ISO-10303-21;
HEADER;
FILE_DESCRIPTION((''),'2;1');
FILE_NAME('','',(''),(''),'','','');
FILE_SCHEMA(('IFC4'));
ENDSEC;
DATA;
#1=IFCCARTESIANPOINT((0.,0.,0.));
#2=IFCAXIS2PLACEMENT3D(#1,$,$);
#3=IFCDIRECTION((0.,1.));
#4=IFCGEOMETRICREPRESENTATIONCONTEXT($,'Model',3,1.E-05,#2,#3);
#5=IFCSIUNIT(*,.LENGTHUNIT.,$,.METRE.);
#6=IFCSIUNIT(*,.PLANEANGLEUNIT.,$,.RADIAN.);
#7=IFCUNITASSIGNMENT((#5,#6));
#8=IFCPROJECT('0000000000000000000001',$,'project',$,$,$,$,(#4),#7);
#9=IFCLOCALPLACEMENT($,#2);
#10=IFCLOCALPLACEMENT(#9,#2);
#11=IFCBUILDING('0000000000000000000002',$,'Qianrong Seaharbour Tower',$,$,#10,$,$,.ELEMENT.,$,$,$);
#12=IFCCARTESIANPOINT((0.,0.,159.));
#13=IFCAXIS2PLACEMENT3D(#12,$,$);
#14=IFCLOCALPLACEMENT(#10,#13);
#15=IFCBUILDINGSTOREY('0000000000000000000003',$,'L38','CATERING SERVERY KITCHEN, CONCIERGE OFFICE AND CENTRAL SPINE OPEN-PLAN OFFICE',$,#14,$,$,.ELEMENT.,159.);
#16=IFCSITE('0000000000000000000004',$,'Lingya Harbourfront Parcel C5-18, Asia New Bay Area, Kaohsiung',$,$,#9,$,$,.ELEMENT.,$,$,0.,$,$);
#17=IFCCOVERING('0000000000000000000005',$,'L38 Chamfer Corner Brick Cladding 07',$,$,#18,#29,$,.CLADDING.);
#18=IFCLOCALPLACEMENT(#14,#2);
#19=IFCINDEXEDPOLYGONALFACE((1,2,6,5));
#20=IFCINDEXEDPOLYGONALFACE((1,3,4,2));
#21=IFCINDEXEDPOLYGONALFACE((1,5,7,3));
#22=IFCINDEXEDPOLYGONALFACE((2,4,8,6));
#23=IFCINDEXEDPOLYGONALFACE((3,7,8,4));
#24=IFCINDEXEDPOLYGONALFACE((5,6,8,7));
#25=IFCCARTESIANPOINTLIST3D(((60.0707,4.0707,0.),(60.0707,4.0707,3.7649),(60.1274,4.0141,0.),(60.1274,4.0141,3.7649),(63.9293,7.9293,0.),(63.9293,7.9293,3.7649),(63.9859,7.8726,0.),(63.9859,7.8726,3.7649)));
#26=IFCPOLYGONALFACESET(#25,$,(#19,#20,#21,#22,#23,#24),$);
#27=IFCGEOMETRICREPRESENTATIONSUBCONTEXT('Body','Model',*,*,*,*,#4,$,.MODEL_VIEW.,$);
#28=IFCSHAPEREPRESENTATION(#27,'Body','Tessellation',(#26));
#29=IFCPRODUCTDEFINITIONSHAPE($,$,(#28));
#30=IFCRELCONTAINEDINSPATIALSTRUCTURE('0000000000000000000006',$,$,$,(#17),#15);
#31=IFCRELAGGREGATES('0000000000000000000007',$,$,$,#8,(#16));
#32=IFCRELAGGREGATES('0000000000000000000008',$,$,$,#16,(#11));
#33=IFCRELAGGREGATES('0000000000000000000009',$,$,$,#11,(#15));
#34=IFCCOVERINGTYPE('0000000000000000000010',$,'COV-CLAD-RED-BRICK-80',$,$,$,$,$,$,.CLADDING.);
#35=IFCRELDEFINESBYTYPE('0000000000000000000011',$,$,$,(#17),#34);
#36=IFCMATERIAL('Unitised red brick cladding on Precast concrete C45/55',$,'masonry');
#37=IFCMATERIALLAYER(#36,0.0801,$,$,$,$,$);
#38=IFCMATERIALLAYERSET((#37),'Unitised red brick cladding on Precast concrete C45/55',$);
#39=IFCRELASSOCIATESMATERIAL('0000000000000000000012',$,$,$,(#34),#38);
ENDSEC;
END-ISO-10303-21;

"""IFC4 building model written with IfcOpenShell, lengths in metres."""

from ifc_helpers import new_model, si_unit, direction, frame, origin, origin_2d, place, context, subcontext, project, spatial, rectangle, extrude, material, layer, layer_set, type_object, element, save


model = new_model("IFC4")

# Units and contexts
model_context = context("Model", 3, precision=1e-05, world=origin(), true_north=direction((0.0, 1.0)))
body_context = subcontext(model_context, "Body", "Model", "MODEL_VIEW")
ifc_project = project(units=[si_unit("LENGTHUNIT", "METRE"), si_unit("PLANEANGLEUNIT", "RADIAN")], contexts=[model_context])

# Site, building, storey
site_placement = place(None, origin())
site = spatial("IfcSite", under=ifc_project, at=site_placement, Name="Lingya Harbourfront Parcel C5-18, Asia New Bay Area, Kaohsiung", CompositionType="ELEMENT", RefElevation=0.0)
building_placement = place(site_placement, origin())
building = spatial("IfcBuilding", under=site, at=building_placement, Name="Qianrong Seaharbour Tower", CompositionType="ELEMENT")
storey_placement = place(building_placement, frame((0.0, 0.0, 159.0)))
storey = spatial("IfcBuildingStorey", under=building, at=storey_placement, Name="L38", Description="CATERING SERVERY KITCHEN, CONCIERGE OFFICE AND CENTRAL SPINE OPEN-PLAN OFFICE", CompositionType="ELEMENT", Elevation=159.0)

# Covering
ifc_material_1 = material(Name="Unitised red brick cladding on Precast concrete C45/55", Category="masonry")
ifc_layer_1 = layer(ifc_material_1, 0.0801)
ifc_layer_set_1 = layer_set([ifc_layer_1], Name="Unitised red brick cladding on Precast concrete C45/55")
covering_type = type_object("IfcCoveringType", Name="COV-CLAD-RED-BRICK-80", PredefinedType="CLADDING", material=ifc_layer_set_1)
covering_placement = place(storey_placement, frame((62.0283, 5.9717, 0.0), z_axis=(0.0, 0.0, 1.0), x_axis=(-0.707107, -0.707107, 0.0)))
element("IfcCovering", 1, at=covering_placement, inside=storey, type_object=covering_type, Name="L38 Chamfer Corner Brick Cladding 07", PredefinedType="CLADDING", context=body_context, shape_type="SweptSolid", body=[
    extrude(rectangle(XDim=5.4568, YDim=0.0801, at=origin_2d()), origin(), (0.0, 0.0, 1.0), 3.7649),
])

save(model, "model.ifc")
